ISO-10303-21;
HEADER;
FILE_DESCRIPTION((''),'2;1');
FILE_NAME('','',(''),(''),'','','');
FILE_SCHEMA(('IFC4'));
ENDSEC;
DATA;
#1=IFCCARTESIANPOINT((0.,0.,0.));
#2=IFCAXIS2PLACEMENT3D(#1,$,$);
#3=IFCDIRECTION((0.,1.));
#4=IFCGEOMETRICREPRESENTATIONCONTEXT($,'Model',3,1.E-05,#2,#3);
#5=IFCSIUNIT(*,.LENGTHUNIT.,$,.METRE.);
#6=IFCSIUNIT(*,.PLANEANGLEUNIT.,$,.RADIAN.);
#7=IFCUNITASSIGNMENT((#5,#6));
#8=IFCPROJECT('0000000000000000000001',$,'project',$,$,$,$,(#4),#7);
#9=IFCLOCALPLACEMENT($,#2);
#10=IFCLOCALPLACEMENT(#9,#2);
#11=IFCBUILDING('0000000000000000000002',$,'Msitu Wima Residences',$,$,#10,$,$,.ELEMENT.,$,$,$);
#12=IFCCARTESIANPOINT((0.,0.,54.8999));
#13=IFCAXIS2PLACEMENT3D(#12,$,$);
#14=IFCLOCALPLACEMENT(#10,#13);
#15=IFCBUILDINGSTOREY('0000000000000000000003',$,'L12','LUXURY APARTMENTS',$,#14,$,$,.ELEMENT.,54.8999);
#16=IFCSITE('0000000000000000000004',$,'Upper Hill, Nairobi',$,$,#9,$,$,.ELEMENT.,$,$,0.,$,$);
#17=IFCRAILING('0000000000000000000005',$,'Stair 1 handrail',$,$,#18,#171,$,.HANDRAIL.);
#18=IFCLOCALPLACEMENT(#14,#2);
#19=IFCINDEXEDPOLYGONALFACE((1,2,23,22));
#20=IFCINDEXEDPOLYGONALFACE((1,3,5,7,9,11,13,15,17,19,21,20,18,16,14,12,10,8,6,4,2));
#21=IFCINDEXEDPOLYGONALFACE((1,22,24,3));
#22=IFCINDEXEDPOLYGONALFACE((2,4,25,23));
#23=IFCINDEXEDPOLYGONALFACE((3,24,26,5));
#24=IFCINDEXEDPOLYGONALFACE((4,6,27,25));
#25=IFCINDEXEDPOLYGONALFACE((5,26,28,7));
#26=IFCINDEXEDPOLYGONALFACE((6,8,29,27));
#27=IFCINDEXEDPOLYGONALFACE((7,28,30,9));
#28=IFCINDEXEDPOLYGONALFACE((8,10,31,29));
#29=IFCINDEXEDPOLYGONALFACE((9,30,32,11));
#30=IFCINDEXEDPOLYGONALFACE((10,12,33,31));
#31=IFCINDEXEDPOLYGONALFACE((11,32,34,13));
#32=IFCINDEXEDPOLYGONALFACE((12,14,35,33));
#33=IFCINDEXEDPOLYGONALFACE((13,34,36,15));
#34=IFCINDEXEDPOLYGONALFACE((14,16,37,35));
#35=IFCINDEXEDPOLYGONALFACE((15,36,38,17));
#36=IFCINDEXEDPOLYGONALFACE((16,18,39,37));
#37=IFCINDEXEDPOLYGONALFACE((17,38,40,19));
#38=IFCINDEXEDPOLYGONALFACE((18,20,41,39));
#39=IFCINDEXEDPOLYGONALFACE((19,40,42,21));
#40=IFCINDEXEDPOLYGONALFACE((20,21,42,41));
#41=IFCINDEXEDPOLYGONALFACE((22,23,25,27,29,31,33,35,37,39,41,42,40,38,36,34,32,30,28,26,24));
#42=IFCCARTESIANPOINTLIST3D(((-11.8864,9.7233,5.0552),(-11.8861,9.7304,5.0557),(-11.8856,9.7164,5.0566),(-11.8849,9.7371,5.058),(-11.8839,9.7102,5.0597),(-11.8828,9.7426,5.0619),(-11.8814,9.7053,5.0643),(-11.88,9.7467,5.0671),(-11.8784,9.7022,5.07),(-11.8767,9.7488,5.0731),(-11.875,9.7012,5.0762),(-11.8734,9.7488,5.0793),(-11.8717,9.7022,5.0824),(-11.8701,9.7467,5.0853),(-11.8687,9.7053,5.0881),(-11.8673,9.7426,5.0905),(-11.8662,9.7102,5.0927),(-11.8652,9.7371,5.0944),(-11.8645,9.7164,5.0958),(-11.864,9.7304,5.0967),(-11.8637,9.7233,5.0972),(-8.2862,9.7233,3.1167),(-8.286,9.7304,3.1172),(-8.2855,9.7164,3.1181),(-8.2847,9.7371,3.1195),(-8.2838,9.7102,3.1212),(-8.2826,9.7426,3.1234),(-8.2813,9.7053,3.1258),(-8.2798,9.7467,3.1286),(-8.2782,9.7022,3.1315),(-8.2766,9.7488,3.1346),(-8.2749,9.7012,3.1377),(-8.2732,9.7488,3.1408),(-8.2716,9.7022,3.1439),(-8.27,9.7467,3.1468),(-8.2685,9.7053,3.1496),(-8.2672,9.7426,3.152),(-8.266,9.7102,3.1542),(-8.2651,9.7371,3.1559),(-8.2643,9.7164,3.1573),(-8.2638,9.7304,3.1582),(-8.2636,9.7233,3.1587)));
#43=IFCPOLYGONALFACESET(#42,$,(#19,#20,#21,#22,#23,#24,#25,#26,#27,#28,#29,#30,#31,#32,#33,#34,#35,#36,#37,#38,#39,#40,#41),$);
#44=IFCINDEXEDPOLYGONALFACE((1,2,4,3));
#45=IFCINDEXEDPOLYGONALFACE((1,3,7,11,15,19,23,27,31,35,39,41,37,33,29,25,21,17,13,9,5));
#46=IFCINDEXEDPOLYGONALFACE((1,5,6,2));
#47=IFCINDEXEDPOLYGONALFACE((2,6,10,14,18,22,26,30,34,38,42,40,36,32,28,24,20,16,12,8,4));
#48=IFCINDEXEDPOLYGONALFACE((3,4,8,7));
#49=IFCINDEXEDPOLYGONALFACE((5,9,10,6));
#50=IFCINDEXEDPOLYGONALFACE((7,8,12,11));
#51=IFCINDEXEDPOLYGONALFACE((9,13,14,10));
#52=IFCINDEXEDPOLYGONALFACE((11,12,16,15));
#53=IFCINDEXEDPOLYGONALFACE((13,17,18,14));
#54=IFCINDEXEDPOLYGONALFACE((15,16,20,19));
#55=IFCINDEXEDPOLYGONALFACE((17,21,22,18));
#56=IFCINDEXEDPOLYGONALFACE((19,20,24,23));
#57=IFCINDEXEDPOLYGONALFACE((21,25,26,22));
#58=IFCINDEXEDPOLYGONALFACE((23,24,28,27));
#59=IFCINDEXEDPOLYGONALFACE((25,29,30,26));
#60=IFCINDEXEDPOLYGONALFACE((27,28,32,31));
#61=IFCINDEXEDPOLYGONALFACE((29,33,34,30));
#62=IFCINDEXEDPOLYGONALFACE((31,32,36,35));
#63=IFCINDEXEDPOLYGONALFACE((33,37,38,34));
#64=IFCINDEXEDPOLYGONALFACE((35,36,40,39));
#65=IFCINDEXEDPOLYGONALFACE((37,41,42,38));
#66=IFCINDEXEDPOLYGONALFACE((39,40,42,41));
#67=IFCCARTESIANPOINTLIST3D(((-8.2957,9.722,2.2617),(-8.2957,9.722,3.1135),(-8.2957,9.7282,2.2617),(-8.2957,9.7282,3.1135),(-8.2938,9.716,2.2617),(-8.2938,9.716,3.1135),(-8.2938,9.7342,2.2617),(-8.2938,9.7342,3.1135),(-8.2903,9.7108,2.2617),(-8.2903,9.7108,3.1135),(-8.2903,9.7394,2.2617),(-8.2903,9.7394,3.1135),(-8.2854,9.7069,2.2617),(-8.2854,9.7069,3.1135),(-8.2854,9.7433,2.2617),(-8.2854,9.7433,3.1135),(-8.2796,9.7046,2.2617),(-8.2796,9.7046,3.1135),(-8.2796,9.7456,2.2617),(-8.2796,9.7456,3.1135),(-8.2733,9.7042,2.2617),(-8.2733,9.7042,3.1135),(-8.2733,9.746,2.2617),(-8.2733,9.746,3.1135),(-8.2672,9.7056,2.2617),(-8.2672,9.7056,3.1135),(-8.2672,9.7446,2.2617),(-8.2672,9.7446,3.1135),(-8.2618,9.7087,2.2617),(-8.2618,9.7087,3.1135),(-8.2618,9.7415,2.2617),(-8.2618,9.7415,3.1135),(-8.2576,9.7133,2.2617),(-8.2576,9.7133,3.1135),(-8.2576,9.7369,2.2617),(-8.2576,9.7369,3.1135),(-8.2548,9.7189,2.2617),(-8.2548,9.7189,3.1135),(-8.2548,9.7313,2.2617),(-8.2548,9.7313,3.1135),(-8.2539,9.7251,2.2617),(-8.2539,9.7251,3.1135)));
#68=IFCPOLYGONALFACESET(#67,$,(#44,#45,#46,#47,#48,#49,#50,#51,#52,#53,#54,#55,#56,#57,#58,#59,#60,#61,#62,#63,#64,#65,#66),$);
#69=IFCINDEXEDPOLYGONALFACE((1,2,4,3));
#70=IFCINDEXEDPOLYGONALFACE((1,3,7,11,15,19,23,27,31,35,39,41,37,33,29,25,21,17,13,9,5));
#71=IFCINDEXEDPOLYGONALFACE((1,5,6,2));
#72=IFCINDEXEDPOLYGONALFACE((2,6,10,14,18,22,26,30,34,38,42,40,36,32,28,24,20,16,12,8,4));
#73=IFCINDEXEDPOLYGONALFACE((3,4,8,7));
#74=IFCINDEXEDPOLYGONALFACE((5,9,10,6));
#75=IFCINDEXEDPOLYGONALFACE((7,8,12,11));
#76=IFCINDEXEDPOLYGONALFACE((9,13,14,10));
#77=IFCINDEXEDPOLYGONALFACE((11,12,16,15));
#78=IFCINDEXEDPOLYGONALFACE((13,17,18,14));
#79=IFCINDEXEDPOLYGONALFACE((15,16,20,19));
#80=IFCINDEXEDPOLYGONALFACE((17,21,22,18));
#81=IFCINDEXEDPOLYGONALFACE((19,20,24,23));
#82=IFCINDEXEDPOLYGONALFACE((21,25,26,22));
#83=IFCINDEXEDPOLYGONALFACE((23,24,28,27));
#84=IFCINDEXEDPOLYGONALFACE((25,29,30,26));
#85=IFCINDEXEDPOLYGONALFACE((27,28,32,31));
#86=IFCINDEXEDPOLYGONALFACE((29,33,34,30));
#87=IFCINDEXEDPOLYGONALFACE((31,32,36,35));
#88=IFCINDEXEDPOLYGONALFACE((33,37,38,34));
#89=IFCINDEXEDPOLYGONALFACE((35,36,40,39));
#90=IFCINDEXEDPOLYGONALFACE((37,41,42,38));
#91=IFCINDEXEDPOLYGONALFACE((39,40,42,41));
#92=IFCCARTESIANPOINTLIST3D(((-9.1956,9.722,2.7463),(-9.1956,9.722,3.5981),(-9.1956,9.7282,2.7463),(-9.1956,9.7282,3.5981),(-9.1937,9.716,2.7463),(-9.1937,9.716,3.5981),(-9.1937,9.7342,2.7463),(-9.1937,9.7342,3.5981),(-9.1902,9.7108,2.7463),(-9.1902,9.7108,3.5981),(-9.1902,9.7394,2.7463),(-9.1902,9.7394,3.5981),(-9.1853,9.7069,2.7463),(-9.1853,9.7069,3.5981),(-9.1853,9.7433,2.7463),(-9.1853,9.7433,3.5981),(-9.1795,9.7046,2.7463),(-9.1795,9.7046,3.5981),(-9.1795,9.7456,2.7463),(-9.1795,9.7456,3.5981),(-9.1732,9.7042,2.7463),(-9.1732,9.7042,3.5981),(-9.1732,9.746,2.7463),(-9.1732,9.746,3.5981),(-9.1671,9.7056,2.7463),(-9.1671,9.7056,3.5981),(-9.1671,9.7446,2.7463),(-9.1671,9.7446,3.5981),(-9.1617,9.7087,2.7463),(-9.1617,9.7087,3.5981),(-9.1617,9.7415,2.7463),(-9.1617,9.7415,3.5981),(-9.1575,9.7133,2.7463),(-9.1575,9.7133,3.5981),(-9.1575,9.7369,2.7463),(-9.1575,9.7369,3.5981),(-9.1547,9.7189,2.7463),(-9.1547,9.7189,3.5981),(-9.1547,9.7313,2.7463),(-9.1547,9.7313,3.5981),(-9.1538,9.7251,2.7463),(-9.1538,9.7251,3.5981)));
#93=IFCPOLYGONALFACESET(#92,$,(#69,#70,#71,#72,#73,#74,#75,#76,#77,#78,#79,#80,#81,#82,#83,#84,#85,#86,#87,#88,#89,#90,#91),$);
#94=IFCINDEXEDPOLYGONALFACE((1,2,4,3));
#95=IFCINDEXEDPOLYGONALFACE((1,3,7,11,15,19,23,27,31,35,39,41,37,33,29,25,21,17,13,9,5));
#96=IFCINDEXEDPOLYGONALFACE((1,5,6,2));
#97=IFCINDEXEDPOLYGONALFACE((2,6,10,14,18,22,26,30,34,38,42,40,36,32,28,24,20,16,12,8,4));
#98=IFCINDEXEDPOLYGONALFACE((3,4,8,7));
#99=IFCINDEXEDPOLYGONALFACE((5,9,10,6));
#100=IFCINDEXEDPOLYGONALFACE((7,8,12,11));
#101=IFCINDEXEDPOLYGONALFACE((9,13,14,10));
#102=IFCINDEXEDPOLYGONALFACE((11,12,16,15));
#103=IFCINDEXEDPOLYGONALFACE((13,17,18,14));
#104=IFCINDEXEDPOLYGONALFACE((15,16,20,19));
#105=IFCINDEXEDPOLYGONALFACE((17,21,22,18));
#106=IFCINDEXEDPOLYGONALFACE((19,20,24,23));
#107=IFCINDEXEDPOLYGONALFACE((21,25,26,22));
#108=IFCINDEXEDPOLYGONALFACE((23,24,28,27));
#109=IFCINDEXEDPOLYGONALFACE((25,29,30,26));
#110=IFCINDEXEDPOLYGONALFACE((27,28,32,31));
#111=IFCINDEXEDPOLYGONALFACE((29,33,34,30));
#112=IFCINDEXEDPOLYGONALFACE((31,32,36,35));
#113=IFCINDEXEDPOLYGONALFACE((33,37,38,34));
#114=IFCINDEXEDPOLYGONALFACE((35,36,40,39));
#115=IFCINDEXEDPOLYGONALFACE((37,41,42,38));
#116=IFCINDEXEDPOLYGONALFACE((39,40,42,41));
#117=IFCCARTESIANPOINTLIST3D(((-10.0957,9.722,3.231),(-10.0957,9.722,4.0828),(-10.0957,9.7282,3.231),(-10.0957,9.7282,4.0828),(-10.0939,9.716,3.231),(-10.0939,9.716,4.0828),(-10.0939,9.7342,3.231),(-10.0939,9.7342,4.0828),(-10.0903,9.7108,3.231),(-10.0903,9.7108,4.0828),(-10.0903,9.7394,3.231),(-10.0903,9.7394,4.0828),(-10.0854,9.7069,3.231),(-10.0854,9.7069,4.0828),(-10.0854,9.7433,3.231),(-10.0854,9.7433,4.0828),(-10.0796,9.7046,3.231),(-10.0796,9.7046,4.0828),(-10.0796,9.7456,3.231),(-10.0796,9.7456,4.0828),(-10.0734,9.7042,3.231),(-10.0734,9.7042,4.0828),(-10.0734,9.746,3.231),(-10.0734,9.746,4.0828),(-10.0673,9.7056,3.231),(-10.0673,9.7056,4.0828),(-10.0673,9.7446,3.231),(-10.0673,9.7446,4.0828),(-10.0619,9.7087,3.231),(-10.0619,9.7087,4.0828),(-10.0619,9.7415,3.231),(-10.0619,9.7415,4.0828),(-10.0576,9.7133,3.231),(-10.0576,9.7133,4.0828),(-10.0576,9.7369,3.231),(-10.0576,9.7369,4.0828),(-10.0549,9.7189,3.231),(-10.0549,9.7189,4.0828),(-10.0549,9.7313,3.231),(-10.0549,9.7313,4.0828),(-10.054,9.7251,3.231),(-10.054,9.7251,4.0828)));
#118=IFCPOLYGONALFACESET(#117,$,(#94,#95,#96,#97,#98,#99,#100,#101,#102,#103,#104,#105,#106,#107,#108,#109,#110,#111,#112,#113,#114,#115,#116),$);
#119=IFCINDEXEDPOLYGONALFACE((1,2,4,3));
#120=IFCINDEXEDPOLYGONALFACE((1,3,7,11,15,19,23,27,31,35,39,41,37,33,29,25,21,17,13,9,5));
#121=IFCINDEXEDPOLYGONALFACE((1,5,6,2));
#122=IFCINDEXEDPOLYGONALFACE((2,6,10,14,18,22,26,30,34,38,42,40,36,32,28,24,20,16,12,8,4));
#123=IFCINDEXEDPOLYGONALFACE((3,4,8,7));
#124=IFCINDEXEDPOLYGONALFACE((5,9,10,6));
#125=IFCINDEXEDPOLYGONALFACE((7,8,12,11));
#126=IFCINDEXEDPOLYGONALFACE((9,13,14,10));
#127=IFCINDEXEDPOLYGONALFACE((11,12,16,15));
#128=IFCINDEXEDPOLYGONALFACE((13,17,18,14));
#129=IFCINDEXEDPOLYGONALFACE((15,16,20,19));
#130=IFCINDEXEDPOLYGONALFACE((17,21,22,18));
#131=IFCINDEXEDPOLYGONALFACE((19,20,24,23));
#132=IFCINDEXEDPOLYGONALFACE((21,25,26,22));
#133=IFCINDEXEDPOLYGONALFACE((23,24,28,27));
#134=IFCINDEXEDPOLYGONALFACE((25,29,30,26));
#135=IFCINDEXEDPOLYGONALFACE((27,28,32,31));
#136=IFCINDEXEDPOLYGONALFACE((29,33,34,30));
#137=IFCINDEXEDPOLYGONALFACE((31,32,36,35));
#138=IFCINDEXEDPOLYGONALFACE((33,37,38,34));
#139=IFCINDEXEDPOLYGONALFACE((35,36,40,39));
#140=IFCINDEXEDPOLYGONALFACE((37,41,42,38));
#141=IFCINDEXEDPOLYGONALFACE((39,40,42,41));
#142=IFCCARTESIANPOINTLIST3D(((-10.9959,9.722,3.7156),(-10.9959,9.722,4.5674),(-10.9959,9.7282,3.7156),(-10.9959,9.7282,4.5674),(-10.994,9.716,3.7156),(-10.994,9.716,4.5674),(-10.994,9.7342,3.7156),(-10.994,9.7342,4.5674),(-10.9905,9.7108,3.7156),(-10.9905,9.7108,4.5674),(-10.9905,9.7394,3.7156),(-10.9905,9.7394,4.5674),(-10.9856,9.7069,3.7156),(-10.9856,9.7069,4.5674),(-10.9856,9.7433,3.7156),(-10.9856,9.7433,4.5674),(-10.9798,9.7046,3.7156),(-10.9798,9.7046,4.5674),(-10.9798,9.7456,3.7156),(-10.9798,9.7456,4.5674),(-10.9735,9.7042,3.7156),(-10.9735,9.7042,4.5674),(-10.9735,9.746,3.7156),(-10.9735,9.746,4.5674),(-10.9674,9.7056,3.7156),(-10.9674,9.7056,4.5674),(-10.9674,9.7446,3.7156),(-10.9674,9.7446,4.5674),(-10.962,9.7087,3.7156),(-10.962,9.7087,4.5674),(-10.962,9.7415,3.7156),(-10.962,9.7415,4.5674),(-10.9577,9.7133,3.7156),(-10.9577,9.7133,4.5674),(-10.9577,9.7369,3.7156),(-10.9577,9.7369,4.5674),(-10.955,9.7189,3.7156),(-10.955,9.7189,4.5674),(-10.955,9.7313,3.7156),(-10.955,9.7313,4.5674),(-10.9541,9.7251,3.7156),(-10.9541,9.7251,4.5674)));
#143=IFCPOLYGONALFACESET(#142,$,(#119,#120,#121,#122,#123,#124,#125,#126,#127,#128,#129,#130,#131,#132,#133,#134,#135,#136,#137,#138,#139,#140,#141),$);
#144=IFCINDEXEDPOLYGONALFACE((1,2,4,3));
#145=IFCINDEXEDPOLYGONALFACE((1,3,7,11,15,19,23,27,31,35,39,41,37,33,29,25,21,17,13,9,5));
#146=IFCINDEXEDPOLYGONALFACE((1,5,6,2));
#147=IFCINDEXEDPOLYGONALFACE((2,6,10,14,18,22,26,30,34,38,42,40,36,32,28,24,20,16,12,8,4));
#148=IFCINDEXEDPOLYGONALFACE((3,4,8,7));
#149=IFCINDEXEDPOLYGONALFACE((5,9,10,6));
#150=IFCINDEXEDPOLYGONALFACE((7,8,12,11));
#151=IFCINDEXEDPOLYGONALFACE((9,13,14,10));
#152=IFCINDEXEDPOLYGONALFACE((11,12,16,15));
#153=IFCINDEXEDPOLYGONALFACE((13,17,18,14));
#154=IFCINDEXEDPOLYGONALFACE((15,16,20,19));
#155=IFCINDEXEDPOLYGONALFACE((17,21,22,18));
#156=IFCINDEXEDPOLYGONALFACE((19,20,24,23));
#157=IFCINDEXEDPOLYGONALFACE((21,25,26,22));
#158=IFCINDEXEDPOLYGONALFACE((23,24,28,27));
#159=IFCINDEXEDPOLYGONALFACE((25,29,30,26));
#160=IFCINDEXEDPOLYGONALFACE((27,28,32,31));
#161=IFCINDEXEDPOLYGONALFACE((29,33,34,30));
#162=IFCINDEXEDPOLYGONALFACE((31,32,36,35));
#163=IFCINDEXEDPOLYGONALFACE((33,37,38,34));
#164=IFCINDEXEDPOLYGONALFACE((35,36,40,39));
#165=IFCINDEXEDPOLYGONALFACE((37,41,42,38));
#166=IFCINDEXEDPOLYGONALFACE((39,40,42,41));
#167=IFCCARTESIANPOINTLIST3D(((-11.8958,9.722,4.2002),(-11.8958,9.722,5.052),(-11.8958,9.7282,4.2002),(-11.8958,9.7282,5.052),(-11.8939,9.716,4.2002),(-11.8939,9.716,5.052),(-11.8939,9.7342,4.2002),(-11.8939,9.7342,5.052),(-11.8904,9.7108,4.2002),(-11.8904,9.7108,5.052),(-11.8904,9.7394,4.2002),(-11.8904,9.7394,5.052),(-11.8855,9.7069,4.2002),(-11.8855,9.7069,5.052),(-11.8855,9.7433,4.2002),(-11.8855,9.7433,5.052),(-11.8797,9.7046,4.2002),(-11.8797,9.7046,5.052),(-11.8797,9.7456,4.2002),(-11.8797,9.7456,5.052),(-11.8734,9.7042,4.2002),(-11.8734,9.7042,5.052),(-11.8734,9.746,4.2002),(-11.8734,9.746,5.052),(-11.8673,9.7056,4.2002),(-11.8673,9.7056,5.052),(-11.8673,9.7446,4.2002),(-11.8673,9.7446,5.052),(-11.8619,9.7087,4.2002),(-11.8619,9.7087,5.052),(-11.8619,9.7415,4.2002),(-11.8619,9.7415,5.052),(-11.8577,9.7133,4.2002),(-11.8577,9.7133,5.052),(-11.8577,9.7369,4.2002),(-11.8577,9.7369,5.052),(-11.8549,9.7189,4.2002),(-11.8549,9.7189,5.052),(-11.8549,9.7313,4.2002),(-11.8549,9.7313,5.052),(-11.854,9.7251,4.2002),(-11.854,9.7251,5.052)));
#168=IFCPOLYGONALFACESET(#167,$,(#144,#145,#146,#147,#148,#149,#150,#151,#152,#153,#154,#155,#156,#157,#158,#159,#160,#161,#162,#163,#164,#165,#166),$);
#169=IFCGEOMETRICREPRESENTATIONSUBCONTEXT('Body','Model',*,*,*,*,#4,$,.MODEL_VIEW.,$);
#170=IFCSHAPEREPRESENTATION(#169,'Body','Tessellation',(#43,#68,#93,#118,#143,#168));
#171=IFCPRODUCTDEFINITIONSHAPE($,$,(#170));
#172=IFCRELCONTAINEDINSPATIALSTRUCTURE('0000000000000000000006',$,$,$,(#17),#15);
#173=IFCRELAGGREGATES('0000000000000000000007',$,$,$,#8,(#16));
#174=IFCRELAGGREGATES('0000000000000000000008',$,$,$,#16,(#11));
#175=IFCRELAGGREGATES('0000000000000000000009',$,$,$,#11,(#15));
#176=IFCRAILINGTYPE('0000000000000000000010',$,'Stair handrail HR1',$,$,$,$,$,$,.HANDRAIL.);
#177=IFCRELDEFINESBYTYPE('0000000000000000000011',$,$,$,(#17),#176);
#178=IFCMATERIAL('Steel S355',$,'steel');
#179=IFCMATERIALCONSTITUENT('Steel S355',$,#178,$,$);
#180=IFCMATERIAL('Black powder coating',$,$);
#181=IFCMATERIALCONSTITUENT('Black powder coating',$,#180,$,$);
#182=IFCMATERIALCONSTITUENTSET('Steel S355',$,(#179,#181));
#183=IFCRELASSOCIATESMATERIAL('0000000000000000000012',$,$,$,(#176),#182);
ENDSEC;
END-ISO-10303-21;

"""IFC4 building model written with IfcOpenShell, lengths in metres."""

from ifc_helpers import new_model, si_unit, direction, frame, origin, origin_2d, place, context, subcontext, project, spatial, circle, extrude, material, constituent, constituent_set, type_object, element, save


model = new_model("IFC4")

# Units and contexts
model_context = context("Model", 3, precision=1e-05, world=origin(), true_north=direction((0.0, 1.0)))
body_context = subcontext(model_context, "Body", "Model", "MODEL_VIEW")
ifc_project = project(units=[si_unit("LENGTHUNIT", "METRE"), si_unit("PLANEANGLEUNIT", "RADIAN")], contexts=[model_context])

# Site, building, storey
site_placement = place(None, origin())
site = spatial("IfcSite", under=ifc_project, at=site_placement, Name="Upper Hill, Nairobi", CompositionType="ELEMENT", RefElevation=0.0)
building_placement = place(site_placement, origin())
building = spatial("IfcBuilding", under=site, at=building_placement, Name="Msitu Wima Residences", CompositionType="ELEMENT")
storey_placement = place(building_placement, frame((0.0, 0.0, 54.8999)))
storey = spatial("IfcBuildingStorey", under=building, at=storey_placement, Name="L12", Description="LUXURY APARTMENTS", CompositionType="ELEMENT", Elevation=54.8999)

# Railing
ifc_material_1 = material(Name="Steel S355", Category="steel")
ifc_constituent_1 = constituent(ifc_material_1, Name="Steel S355")
ifc_material_2 = material(Name="Black powder coating")
ifc_constituent_2 = constituent(ifc_material_2, Name="Black powder coating")
ifc_constituent_set = constituent_set(constituents=[ifc_constituent_1, ifc_constituent_2], Name="Steel S355")
railing_type = type_object("IfcRailingType", Name="Stair handrail HR1", PredefinedType="HANDRAIL", material=ifc_constituent_set)
for number, where, name in (
    (1, (-8.2749, 9.7251, 2.2617), "Stair 1 handrail"),
):
    element("IfcRailing", number, at=place(storey_placement, frame(where)), inside=storey, type_object=railing_type, Name=name, PredefinedType="HANDRAIL", context=body_context, shape_type="SweptSolid", body=[
        extrude(circle(Radius=0.0239, at=origin_2d()), frame((0.0, 0.0, 0.876), z_axis=(-0.880475, 0.0, 0.474093), x_axis=(0.0, -1.0, 0.0)), (0.0, 0.0, 1.0), 4.0889),
        extrude(circle(Radius=0.021, at=origin_2d()), origin(), (0.0, 0.0, 1.0), 0.8518),
        extrude(circle(Radius=0.021, at=origin_2d()), frame((-0.8999, 0.0, 0.4846)), (0.0, 0.0, 1.0), 0.8518),
        extrude(circle(Radius=0.021, at=origin_2d()), frame((-1.8, 0.0, 0.9692)), (0.0, 0.0, 1.0), 0.8518),
        extrude(circle(Radius=0.021, at=origin_2d()), frame((-2.7002, 0.0, 1.4539)), (0.0, 0.0, 1.0), 0.8518),
        extrude(circle(Radius=0.021, at=origin_2d()), frame((-3.6001, 0.0, 1.9385)), (0.0, 0.0, 1.0), 0.8518),
    ])

save(model, "model.ifc")
